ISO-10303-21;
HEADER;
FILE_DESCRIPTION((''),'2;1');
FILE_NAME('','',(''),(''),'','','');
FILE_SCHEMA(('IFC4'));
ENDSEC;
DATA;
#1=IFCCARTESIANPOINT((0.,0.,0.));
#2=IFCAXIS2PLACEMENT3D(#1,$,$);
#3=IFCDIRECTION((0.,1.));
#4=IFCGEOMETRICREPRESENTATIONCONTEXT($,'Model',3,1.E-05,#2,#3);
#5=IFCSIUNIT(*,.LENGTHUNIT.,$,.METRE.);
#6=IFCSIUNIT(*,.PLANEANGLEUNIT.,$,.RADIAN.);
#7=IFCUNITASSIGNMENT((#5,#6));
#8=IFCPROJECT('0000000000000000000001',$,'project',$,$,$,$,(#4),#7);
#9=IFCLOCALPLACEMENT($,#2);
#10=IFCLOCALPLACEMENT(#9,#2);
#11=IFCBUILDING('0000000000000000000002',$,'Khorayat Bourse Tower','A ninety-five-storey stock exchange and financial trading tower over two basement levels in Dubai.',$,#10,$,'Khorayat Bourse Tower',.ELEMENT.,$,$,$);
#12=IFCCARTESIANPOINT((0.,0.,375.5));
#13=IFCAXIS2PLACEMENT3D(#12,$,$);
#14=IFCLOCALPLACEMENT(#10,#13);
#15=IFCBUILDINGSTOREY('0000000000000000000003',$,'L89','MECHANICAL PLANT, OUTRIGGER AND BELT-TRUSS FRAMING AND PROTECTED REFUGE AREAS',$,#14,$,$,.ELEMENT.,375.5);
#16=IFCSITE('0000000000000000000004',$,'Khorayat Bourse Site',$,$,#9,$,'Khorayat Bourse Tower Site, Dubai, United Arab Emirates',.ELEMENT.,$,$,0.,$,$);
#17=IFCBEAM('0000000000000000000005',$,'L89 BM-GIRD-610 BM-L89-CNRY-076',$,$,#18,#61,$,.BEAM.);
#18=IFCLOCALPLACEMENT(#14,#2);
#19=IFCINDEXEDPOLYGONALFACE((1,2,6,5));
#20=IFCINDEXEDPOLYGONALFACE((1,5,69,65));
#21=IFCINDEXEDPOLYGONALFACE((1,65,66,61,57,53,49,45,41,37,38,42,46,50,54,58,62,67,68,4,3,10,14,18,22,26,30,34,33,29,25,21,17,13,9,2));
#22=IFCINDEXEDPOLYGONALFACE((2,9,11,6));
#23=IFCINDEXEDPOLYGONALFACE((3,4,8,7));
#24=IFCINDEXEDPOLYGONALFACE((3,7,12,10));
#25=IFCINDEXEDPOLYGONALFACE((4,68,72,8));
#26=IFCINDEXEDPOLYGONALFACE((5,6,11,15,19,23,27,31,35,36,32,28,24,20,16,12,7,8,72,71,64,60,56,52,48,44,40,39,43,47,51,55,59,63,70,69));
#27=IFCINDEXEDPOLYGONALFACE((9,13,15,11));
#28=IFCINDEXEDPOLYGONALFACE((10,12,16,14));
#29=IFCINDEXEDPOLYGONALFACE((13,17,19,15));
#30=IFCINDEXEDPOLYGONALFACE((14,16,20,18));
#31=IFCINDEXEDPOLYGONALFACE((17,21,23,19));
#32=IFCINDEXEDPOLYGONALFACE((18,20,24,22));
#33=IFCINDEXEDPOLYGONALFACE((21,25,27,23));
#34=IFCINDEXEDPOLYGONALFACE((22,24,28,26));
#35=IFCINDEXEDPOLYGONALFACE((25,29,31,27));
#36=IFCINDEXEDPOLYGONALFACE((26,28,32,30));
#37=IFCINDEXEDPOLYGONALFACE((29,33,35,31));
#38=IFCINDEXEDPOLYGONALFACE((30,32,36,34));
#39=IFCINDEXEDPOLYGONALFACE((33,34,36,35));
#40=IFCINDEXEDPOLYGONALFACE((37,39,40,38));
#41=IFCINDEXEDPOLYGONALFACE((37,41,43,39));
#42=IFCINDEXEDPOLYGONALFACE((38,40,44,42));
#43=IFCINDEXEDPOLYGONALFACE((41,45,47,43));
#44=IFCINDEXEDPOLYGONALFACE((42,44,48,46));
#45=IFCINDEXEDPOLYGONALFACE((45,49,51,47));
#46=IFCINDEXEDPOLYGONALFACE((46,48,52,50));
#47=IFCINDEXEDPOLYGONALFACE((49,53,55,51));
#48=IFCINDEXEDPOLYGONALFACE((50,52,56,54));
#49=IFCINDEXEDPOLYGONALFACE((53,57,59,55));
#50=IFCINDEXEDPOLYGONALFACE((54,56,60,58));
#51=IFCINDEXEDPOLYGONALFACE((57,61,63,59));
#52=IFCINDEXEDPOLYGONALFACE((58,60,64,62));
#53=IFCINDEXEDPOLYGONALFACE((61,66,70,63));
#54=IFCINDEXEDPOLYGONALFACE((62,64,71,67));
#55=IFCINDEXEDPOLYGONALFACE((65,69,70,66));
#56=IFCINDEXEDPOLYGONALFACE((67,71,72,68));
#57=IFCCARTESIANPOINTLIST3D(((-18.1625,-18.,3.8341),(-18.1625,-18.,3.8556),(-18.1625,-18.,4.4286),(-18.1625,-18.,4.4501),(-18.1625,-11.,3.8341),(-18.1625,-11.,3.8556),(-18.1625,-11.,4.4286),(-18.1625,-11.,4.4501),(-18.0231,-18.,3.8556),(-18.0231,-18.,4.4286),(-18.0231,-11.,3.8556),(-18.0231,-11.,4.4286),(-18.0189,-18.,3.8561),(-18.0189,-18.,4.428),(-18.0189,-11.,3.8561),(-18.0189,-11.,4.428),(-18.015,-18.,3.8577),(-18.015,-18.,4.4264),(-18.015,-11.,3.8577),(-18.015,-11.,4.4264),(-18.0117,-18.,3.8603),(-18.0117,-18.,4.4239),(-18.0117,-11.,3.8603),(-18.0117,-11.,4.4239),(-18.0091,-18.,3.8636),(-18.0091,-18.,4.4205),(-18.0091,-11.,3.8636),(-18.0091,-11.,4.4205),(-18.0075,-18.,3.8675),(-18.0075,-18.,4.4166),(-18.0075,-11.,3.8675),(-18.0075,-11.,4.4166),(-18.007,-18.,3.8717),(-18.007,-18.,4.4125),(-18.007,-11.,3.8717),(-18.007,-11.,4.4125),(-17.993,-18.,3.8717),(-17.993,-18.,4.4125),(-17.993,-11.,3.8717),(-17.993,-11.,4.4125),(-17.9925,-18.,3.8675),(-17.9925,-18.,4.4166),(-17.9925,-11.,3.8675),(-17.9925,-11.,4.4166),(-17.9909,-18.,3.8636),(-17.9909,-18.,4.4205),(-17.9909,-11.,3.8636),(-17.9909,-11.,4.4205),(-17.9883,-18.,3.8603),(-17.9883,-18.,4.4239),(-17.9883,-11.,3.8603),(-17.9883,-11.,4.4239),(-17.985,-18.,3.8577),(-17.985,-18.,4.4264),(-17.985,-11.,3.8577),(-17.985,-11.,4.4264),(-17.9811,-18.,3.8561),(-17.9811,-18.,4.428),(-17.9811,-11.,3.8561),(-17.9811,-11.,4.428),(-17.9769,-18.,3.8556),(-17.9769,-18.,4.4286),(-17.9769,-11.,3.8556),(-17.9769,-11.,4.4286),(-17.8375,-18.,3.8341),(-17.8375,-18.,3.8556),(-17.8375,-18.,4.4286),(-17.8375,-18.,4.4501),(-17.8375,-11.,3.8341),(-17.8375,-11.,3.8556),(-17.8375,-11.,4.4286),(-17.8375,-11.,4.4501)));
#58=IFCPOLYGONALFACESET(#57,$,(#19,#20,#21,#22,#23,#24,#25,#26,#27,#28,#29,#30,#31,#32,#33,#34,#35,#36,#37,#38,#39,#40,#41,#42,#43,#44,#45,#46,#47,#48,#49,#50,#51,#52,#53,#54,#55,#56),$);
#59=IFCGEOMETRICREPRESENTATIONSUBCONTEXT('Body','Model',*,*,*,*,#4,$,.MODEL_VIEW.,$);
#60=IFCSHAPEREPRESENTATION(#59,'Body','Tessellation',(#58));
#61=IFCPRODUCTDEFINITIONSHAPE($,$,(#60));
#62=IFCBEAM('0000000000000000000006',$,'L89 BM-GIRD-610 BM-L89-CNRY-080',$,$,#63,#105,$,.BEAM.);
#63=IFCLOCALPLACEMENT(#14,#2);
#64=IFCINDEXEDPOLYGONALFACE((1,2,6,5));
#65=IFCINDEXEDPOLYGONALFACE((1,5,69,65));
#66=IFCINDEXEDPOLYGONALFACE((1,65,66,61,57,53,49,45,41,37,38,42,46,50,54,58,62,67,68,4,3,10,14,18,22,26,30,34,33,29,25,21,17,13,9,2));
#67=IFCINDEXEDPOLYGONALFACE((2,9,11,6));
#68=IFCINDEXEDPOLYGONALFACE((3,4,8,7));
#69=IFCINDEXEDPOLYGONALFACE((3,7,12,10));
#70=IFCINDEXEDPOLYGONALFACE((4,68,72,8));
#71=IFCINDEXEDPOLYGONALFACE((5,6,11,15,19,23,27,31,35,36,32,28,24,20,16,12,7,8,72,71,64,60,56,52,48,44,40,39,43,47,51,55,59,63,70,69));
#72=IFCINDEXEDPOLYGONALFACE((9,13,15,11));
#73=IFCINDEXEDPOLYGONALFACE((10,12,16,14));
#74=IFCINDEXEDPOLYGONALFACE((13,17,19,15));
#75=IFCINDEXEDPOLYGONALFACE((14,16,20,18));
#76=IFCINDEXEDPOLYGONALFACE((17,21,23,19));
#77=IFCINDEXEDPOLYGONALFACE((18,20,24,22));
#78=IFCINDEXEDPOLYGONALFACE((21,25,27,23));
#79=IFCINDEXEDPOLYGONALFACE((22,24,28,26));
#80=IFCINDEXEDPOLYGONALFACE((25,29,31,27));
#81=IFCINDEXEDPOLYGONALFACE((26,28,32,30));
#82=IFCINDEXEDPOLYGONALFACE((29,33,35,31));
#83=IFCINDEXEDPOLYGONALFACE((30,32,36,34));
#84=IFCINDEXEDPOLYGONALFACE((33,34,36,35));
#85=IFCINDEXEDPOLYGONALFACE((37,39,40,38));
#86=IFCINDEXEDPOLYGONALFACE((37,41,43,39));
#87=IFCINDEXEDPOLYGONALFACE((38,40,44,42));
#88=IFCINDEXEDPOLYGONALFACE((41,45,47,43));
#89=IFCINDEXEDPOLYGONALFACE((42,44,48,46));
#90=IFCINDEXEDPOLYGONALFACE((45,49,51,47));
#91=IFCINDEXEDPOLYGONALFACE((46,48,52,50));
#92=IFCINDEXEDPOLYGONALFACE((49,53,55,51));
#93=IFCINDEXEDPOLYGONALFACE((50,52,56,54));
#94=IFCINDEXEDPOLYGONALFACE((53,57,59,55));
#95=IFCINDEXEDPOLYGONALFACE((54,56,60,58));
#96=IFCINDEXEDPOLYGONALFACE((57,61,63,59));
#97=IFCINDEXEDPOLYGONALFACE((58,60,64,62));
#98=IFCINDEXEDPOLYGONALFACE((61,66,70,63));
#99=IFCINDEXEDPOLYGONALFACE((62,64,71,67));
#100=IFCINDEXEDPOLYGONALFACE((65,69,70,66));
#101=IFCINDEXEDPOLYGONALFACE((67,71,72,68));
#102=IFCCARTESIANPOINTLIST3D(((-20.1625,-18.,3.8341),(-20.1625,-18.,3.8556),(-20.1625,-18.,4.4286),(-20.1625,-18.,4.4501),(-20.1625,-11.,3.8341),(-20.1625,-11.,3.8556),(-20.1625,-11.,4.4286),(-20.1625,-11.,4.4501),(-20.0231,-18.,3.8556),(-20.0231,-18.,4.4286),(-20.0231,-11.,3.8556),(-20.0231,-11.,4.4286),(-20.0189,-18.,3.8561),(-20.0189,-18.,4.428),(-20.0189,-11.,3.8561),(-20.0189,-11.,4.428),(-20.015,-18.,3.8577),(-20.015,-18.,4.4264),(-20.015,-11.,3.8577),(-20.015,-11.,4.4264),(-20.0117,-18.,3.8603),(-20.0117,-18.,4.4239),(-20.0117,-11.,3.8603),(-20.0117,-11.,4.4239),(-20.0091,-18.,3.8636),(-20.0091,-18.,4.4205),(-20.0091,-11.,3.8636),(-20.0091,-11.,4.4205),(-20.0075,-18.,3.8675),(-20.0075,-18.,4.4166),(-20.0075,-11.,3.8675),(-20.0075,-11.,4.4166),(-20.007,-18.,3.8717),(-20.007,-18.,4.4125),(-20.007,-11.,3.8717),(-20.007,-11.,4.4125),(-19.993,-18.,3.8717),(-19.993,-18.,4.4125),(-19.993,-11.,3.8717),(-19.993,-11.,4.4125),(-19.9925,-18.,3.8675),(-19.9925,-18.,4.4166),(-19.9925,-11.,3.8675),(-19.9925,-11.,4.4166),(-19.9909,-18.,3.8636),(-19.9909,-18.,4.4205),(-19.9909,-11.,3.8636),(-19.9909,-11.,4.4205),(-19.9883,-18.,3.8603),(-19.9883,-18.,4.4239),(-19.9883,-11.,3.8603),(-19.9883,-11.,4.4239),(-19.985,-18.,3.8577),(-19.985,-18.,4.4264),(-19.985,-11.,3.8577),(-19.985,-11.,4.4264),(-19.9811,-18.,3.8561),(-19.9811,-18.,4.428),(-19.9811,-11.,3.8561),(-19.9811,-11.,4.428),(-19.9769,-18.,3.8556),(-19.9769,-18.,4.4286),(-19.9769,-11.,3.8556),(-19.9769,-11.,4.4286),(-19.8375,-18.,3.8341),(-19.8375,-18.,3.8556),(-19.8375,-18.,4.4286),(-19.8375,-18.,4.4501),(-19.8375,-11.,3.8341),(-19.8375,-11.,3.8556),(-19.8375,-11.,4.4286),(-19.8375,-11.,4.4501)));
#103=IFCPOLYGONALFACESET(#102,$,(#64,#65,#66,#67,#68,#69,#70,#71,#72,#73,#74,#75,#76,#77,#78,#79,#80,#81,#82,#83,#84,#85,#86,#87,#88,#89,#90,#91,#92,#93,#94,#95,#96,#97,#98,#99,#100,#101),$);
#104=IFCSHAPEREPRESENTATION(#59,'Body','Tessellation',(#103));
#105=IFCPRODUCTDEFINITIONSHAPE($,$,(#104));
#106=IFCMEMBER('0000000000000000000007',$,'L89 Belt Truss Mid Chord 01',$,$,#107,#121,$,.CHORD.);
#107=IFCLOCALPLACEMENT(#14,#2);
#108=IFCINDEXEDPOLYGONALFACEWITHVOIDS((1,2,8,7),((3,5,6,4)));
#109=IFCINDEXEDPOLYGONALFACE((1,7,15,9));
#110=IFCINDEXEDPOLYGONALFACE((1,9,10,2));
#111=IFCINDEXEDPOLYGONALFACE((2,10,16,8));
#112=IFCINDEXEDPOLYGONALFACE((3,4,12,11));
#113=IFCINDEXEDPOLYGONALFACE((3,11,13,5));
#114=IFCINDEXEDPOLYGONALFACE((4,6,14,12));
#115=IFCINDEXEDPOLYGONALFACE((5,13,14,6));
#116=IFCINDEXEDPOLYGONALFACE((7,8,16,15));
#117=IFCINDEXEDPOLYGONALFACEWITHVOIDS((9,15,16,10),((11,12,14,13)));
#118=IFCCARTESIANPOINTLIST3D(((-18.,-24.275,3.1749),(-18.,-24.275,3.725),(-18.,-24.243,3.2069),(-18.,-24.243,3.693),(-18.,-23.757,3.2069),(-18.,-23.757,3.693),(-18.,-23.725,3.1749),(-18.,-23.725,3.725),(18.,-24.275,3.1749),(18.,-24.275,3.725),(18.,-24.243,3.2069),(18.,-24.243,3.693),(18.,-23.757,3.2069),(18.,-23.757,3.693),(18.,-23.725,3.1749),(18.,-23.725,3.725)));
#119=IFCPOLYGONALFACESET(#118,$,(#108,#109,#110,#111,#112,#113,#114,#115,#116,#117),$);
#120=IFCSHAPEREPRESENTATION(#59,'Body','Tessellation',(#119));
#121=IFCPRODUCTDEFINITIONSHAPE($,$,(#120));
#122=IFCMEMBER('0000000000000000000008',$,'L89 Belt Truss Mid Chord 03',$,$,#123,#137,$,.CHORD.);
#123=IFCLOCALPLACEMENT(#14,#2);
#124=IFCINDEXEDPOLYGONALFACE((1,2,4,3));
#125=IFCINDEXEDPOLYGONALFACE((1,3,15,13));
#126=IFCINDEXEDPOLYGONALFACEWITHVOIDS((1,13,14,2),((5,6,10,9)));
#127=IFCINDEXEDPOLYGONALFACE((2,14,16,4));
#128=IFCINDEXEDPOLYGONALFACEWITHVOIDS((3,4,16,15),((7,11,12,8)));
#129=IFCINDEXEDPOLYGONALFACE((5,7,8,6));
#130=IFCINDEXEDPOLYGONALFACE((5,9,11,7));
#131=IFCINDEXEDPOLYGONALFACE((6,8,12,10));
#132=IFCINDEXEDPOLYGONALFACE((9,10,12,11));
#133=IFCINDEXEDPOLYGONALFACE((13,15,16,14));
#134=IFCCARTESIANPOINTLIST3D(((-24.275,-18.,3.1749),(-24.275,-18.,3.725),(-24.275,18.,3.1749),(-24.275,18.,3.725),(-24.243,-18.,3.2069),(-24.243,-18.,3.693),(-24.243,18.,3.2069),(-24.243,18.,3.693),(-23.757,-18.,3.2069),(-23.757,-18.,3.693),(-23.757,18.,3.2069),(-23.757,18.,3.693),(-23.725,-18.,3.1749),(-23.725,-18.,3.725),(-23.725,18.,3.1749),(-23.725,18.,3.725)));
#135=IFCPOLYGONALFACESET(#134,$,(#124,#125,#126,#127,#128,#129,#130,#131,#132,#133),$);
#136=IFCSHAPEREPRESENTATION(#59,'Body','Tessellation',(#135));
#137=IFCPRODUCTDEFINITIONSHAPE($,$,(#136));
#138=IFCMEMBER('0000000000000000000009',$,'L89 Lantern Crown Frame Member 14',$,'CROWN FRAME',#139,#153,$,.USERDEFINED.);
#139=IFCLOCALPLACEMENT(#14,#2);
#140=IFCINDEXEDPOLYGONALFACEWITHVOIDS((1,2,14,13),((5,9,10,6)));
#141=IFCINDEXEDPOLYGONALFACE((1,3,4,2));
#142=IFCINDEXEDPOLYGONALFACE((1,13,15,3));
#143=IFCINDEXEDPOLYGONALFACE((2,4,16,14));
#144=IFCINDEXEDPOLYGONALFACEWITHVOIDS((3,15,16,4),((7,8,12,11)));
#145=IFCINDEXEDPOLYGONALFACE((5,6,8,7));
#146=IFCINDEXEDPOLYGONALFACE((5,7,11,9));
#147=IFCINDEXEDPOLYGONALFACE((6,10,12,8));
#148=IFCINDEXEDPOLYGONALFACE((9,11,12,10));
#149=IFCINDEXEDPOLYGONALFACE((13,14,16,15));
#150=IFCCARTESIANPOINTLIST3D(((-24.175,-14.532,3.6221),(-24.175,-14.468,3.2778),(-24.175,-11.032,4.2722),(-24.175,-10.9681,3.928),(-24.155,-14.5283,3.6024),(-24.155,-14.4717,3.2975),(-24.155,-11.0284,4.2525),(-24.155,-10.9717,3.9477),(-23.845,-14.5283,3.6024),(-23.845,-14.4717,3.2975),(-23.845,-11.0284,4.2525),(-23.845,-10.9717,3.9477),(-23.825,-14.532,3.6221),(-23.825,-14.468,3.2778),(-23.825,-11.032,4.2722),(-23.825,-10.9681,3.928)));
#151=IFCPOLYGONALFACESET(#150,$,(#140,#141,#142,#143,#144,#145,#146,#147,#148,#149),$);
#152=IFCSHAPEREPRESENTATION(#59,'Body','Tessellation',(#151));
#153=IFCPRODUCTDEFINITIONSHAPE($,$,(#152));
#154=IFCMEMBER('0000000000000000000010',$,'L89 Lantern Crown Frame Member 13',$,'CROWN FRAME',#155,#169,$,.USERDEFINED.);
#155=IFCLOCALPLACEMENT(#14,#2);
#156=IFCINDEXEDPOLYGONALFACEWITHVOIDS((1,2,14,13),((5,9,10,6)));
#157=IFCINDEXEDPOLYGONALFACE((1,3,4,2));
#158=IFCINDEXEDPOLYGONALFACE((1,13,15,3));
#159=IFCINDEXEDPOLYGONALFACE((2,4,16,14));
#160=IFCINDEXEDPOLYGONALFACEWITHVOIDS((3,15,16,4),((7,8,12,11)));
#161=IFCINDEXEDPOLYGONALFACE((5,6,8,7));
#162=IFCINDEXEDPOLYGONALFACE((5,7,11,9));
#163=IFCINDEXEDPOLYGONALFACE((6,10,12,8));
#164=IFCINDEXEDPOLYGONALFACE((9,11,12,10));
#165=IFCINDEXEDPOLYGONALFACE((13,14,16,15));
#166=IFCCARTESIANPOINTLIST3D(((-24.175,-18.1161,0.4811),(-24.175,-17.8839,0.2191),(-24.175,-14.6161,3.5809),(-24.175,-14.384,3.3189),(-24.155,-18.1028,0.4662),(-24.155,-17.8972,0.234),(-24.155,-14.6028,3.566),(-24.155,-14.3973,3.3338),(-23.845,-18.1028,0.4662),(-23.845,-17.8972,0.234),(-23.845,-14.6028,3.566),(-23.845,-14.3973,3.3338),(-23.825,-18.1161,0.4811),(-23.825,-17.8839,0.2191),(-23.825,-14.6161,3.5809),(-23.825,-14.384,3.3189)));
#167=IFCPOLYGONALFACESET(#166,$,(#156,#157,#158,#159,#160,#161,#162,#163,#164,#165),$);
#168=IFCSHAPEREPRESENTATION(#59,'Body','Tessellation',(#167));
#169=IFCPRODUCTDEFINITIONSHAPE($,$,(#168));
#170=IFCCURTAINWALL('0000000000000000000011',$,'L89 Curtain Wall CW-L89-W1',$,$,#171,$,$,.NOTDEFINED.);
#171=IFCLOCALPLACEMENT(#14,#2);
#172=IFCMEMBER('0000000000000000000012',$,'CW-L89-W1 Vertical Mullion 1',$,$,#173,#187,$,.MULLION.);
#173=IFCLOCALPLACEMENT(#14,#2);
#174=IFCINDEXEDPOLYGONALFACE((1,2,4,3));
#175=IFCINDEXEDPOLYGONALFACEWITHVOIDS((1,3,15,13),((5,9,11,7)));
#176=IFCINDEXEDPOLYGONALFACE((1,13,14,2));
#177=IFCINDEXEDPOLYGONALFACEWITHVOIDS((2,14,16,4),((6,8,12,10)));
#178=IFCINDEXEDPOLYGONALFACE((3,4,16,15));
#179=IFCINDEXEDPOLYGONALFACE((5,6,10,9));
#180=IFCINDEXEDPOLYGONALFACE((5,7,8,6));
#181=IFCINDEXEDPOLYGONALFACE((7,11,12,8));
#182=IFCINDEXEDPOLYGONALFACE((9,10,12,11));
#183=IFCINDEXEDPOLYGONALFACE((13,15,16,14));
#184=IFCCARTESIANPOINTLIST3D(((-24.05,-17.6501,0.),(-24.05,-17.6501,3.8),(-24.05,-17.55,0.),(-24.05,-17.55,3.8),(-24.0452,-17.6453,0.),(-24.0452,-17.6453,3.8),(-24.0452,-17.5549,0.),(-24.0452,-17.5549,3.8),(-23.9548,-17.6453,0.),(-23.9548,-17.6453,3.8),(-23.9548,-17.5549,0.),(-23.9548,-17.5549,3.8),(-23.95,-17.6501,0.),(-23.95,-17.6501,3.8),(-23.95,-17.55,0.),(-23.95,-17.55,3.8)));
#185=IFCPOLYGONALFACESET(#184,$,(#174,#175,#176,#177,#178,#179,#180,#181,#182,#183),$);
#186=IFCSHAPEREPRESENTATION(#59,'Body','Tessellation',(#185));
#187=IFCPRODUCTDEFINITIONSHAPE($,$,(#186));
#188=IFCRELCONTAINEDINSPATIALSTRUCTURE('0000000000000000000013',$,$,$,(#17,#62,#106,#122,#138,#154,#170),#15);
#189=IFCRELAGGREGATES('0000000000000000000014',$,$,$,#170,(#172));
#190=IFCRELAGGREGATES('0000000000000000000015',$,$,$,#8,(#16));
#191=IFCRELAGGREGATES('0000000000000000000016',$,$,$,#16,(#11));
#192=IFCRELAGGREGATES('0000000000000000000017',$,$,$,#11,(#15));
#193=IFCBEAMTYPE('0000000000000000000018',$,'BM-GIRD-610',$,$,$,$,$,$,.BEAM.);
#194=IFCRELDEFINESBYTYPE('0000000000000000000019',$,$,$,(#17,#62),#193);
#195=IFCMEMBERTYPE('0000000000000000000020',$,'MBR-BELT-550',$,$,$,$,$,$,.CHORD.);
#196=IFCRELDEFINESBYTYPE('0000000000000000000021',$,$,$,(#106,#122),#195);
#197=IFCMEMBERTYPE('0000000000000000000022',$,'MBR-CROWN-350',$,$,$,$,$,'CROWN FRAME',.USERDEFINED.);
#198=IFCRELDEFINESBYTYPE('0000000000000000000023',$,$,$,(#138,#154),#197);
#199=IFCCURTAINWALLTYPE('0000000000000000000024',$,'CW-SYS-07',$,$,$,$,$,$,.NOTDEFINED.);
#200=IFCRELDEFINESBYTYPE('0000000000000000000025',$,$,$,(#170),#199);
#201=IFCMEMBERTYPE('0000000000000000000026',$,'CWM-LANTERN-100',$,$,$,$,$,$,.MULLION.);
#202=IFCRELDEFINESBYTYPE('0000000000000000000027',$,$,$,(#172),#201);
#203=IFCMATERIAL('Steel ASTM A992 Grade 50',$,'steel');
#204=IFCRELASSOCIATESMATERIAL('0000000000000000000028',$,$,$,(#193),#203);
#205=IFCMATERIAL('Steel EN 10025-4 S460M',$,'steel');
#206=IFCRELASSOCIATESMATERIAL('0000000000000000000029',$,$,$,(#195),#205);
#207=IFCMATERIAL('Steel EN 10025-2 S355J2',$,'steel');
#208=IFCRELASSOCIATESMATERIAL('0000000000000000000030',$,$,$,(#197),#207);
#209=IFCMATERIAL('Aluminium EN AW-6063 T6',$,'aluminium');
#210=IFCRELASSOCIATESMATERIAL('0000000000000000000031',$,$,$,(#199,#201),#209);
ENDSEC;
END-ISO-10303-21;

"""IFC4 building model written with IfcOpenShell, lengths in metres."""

from ifc_helpers import new_model, si_unit, direction, frame, origin, origin_2d, place, context, subcontext, project, spatial, hollow_rectangle, i_section, extrude, source, transform, mapped, material, material_profile, profile_set, type_object, element, aggregate, save


model = new_model("IFC4")

# Units and contexts
model_context = context("Model", 3, precision=1e-05, world=origin(), true_north=direction((0.0, 1.0)))
body_context = subcontext(model_context, "Body", "Model", "MODEL_VIEW")
ifc_project = project(units=[si_unit("LENGTHUNIT", "METRE"), si_unit("PLANEANGLEUNIT", "RADIAN")], contexts=[model_context])

# Site, building, storey
site_placement = place(None, origin())
site = spatial("IfcSite", under=ifc_project, at=site_placement, Name="Khorayat Bourse Site", LongName="Khorayat Bourse Tower Site, Dubai, United Arab Emirates", CompositionType="ELEMENT", RefElevation=0.0)
building_placement = place(site_placement, origin())
building = spatial("IfcBuilding", under=site, at=building_placement, Name="Khorayat Bourse Tower", Description="A ninety-five-storey stock exchange and financial trading tower over two basement levels in Dubai.", LongName="Khorayat Bourse Tower", CompositionType="ELEMENT")
storey_placement = place(building_placement, frame((0.0, 0.0, 375.5)))
storey = spatial("IfcBuildingStorey", under=building, at=storey_placement, Name="L89", Description="MECHANICAL PLANT, OUTRIGGER AND BELT-TRUSS FRAMING AND PROTECTED REFUGE AREAS", CompositionType="ELEMENT", Elevation=375.5)

# Shared definitions
ifc_material_1 = material(Name="Steel EN 10025-2 S355J2", Category="steel")

# Beams
ifc_material_2 = material(Name="Steel ASTM A992 Grade 50", Category="steel")
ifc_material_profile_1 = material_profile(ifc_material_2, i_section(OverallWidth=0.325, OverallDepth=0.616, WebThickness=0.0139, FlangeThickness=0.0215, FilletRadius=0.0161, at=origin_2d()), Name="W610X174")
ifc_profile_set_1 = profile_set([ifc_material_profile_1], Name="Steel ASTM A992 Grade 50")
beam_type_1 = type_object("IfcBeamType", Name="BM-GIRD-610", PredefinedType="BEAM", material=ifc_profile_set_1)
shared_shape_1 = source(origin(), body_context, "Body", "SweptSolid", [
    extrude(i_section(OverallWidth=0.325, OverallDepth=0.616, WebThickness=0.0139, FlangeThickness=0.0215, FilletRadius=0.0161, at=origin_2d()), origin(), (0.0, 0.0, 1.0), 7.0),
])
for number, where, z_axis, x_axis, name in (
    (1, (-18.0, -18.0, 4.1421), (0.0, 1.0, 0.0), (-1.0, 0.0, 0.0), "L89 BM-GIRD-610 BM-L89-CNRY-076"),
    (2, (-20.0, -18.0, 4.1421), (0.0, 1.0, 0.0), (-1.0, 0.0, 0.0), "L89 BM-GIRD-610 BM-L89-CNRY-080"),
):
    element("IfcBeam", number, at=place(storey_placement, frame(where, z_axis=z_axis, x_axis=x_axis)), inside=storey, type_object=beam_type_1, Name=name, PredefinedType="BEAM", context=body_context, shape_type="MappedRepresentation", body=[
        mapped(shared_shape_1, transform((0.0, 0.0, 0.0), scale=1.0)),
    ])

# Members
ifc_material_3 = material(Name="Steel EN 10025-4 S460M", Category="steel")
ifc_material_profile_2 = material_profile(ifc_material_3, hollow_rectangle(XDim=0.55, YDim=0.55, WallThickness=0.032, at=origin_2d()), Name="HSS 550x550x32")
ifc_profile_set_2 = profile_set([ifc_material_profile_2], Name="Steel EN 10025-4 S460M")
member_type_1 = type_object("IfcMemberType", Name="MBR-BELT-550", PredefinedType="CHORD", material=ifc_profile_set_2)
shared_shape_2 = source(origin(), body_context, "Body", "SweptSolid", [
    extrude(hollow_rectangle(XDim=0.55, YDim=0.55, WallThickness=0.032, at=origin_2d()), origin(), (0.0, 0.0, 1.0), 36.0),
])
for number, where, z_axis, x_axis, name in (
    (3, (-18.0, -24.0, 3.45), (1.0, 0.0, 0.0), (0.0, 1.0, 0.0), "L89 Belt Truss Mid Chord 01"),
    (4, (-24.0, -18.0, 3.45), (0.0, 1.0, 0.0), (-1.0, 0.0, 0.0), "L89 Belt Truss Mid Chord 03"),
):
    element("IfcMember", number, at=place(storey_placement, frame(where, z_axis=z_axis, x_axis=x_axis)), inside=storey, type_object=member_type_1, Name=name, PredefinedType="CHORD", context=body_context, shape_type="MappedRepresentation", body=[
        mapped(shared_shape_2, transform((0.0, 0.0, 0.0), scale=1.0)),
    ])
ifc_material_profile_3 = material_profile(ifc_material_1, hollow_rectangle(XDim=0.3501, YDim=0.3501, WallThickness=0.02, at=origin_2d()), Name="HSS 350x350x20")
ifc_profile_set_3 = profile_set([ifc_material_profile_3], Name="Steel EN 10025-2 S355J2")
member_type_2 = type_object("IfcMemberType", Name="MBR-CROWN-350", ElementType="CROWN FRAME", PredefinedType="USERDEFINED", material=ifc_profile_set_3)
shared_shape_3 = source(origin(), body_context, "Body", "SweptSolid", [
    extrude(hollow_rectangle(XDim=0.3501, YDim=0.3501, WallThickness=0.02, at=origin_2d()), origin(), (0.0, 0.0, 1.0), 3.5598),
])
member_1_placement = place(storey_placement, frame((-24.0, -14.5, 3.45), z_axis=(0.0, 0.983181, 0.182632), x_axis=(-1.0, 0.0, 0.0)))
element("IfcMember", 5, at=member_1_placement, inside=storey, type_object=member_type_2, Name="L89 Lantern Crown Frame Member 14", ObjectType="CROWN FRAME", PredefinedType="USERDEFINED", context=body_context, shape_type="MappedRepresentation", body=[
    mapped(shared_shape_3, transform((0.0, 0.0, 0.0), scale=1.0)),
])
shared_shape_4 = source(origin(), body_context, "Body", "SweptSolid", [
    extrude(hollow_rectangle(XDim=0.3501, YDim=0.3501, WallThickness=0.02, at=origin_2d()), origin(), (0.0, 0.0, 1.0), 4.6753),
])
member_2_placement = place(storey_placement, frame((-24.0, -18.0, 0.3501), z_axis=(0.0, 0.748604, 0.663018), x_axis=(-1.0, 0.0, 0.0)))
element("IfcMember", 6, at=member_2_placement, inside=storey, type_object=member_type_2, Name="L89 Lantern Crown Frame Member 13", ObjectType="CROWN FRAME", PredefinedType="USERDEFINED", context=body_context, shape_type="MappedRepresentation", body=[
    mapped(shared_shape_4, transform((0.0, 0.0, 0.0), scale=1.0)),
])

# Curtain wall, member
ifc_material_4 = material(Name="Aluminium EN AW-6063 T6", Category="aluminium")
curtain_wall_type = type_object("IfcCurtainWallType", Name="CW-SYS-07", PredefinedType="NOTDEFINED", material=ifc_material_4)
curtain_wall_placement = place(storey_placement, origin())
curtain_wall = element("IfcCurtainWall", 7, at=curtain_wall_placement, inside=storey, type_object=curtain_wall_type, Name="L89 Curtain Wall CW-L89-W1", PredefinedType="NOTDEFINED")
ifc_material_profile_4 = material_profile(ifc_material_4, hollow_rectangle(XDim=0.1001, YDim=0.1001, WallThickness=0.0049, at=origin_2d()), Name="ALU 100x100x5")
ifc_profile_set_4 = profile_set([ifc_material_profile_4], Name="Aluminium EN AW-6063 T6")
member_type_3 = type_object("IfcMemberType", Name="CWM-LANTERN-100", PredefinedType="MULLION", material=ifc_profile_set_4)
shared_shape_5 = source(origin(), body_context, "Body", "SweptSolid", [
    extrude(hollow_rectangle(XDim=0.1001, YDim=0.1001, WallThickness=0.0049, at=origin_2d()), origin(), (0.0, 0.0, 1.0), 3.8),
])
member_3_placement = place(storey_placement, frame((-24.0, -17.6001, 0.0), z_axis=(0.0, 0.0, 1.0), x_axis=(-1.0, 0.0, 0.0)))
member_3 = element("IfcMember", 8, at=member_3_placement, type_object=member_type_3, Name="CW-L89-W1 Vertical Mullion 1", PredefinedType="MULLION", context=body_context, shape_type="MappedRepresentation", body=[
    mapped(shared_shape_5, transform((0.0, 0.0, 0.0), scale=1.0)),
])
aggregate(curtain_wall, [member_3])

save(model, "model.ifc")
